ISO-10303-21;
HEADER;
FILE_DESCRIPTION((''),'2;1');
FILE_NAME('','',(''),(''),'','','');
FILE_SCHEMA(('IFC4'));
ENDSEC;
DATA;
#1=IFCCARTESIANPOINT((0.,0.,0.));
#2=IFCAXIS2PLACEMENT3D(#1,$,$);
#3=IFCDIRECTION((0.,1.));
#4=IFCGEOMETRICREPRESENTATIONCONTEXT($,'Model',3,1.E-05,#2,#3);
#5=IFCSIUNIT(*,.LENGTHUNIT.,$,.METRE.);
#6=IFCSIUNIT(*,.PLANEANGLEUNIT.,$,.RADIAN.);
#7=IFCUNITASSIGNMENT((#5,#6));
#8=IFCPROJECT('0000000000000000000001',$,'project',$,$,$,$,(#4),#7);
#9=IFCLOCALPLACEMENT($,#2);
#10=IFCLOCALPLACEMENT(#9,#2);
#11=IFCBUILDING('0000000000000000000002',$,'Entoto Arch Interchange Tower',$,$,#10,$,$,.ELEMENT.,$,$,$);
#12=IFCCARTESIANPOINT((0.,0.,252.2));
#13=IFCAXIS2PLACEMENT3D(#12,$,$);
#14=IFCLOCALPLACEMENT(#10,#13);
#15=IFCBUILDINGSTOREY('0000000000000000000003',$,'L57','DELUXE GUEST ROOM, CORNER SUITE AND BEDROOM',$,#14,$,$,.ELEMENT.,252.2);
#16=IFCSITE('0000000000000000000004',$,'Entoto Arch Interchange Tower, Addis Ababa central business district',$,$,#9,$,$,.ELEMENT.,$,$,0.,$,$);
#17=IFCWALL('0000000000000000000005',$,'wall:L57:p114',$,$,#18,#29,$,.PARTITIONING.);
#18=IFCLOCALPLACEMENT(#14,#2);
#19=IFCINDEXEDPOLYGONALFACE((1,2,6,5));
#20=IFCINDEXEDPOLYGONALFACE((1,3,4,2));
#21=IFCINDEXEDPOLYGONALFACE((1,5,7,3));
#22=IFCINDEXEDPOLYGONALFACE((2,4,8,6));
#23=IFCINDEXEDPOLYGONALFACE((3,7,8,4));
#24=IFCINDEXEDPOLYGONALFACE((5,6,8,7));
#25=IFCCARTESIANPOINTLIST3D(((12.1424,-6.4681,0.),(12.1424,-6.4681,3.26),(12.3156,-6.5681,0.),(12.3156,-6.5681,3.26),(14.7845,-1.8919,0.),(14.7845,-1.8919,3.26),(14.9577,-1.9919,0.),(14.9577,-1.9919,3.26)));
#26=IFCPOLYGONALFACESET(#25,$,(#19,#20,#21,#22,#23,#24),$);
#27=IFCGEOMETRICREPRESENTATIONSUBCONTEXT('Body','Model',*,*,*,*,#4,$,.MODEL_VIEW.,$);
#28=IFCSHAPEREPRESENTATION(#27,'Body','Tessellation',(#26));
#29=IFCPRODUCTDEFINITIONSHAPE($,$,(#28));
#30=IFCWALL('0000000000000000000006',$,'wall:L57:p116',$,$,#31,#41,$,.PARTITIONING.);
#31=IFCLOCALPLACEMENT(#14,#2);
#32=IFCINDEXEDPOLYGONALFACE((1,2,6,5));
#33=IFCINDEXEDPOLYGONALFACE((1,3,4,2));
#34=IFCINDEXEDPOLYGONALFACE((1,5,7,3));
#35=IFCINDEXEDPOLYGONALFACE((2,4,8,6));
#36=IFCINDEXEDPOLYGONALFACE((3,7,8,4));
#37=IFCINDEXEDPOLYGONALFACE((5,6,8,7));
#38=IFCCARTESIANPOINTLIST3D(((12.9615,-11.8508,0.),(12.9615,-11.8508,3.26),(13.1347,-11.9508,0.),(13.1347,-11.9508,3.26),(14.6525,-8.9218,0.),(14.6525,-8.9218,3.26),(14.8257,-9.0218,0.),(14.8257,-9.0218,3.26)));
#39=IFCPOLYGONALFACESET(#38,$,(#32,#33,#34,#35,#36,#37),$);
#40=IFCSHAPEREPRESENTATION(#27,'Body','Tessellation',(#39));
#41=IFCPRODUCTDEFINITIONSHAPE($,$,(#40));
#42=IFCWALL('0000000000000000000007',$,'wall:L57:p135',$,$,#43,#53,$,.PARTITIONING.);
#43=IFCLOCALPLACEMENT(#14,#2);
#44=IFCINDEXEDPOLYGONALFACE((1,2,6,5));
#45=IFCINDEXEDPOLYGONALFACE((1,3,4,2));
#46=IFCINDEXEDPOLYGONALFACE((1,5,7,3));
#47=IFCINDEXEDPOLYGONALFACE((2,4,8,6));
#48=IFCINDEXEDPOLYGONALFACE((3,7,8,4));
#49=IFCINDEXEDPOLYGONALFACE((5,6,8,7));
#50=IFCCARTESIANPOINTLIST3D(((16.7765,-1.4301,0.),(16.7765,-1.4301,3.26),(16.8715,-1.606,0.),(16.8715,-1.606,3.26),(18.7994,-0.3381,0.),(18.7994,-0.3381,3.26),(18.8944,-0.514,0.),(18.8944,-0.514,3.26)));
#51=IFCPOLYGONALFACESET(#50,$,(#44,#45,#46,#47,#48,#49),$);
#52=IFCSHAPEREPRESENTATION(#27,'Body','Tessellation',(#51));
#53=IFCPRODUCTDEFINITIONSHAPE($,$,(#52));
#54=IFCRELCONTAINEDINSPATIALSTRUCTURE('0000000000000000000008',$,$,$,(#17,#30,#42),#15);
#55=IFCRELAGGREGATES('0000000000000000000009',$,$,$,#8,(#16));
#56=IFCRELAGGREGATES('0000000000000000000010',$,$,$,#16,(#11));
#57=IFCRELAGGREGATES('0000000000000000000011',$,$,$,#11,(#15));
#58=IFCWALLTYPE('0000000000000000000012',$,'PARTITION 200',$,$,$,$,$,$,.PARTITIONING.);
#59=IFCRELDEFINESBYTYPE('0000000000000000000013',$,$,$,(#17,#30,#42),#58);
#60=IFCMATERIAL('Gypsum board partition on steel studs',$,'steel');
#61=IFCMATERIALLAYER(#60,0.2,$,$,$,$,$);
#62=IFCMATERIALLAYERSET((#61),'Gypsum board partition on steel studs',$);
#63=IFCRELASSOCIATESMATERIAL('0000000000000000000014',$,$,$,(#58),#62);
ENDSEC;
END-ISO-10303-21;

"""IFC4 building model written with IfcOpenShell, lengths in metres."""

from ifc_helpers import new_model, si_unit, direction, frame, frame_2d, origin, place, context, subcontext, project, spatial, rectangle, extrude, material, layer, layer_set, type_object, element, save


model = new_model("IFC4")

# Units and contexts
model_context = context("Model", 3, precision=1e-05, world=origin(), true_north=direction((0.0, 1.0)))
body_context = subcontext(model_context, "Body", "Model", "MODEL_VIEW")
ifc_project = project(units=[si_unit("LENGTHUNIT", "METRE"), si_unit("PLANEANGLEUNIT", "RADIAN")], contexts=[model_context])

# Site, building, storey
site_placement = place(None, origin())
site = spatial("IfcSite", under=ifc_project, at=site_placement, Name="Entoto Arch Interchange Tower, Addis Ababa central business district", CompositionType="ELEMENT", RefElevation=0.0)
building_placement = place(site_placement, origin())
building = spatial("IfcBuilding", under=site, at=building_placement, Name="Entoto Arch Interchange Tower", CompositionType="ELEMENT")
storey_placement = place(building_placement, frame((0.0, 0.0, 252.2)))
storey = spatial("IfcBuildingStorey", under=building, at=storey_placement, Name="L57", Description="DELUXE GUEST ROOM, CORNER SUITE AND BEDROOM", CompositionType="ELEMENT", Elevation=252.2)

# Shared definitions
ifc_material_1 = material(Name="Gypsum board partition on steel studs", Category="steel")

# Shared definitions
ifc_layer_1 = layer(ifc_material_1, 0.2)
ifc_layer_set_1 = layer_set([ifc_layer_1], Name="Gypsum board partition on steel studs")
wall_type_1 = type_object("IfcWallType", Name="PARTITION 200", PredefinedType="PARTITIONING", material=ifc_layer_set_1)

# Walls
wall_1_placement = place(storey_placement, frame((14.8711, -1.9419, 0.0), z_axis=(0.0, 0.0, 1.0), x_axis=(-0.500005, -0.866022, 0.0)))
element("IfcWall", 1, at=wall_1_placement, inside=storey, type_object=wall_type_1, Name="wall:L57:p114", PredefinedType="PARTITIONING", context=body_context, shape_type="SweptSolid", body=[
    extrude(rectangle(XDim=5.2842, YDim=0.2, at=frame_2d((2.6421, 0.0))), origin(), (0.0, 0.0, 1.0), 3.26),
])
wall_2_placement = place(storey_placement, frame((14.739, -8.9719, 0.0), z_axis=(0.0, 0.0, 1.0), x_axis=(-0.499974, -0.86604, 0.0)))
element("IfcWall", 2, at=wall_2_placement, inside=storey, type_object=wall_type_1, Name="wall:L57:p116", PredefinedType="PARTITIONING", context=body_context, shape_type="SweptSolid", body=[
    extrude(rectangle(XDim=3.3821, YDim=0.2, at=frame_2d((1.6909, 0.0))), origin(), (0.0, 0.0, 1.0), 3.26),
])
wall_3_placement = place(storey_placement, frame((16.824, -1.5181, 0.0), z_axis=(0.0, 0.0, 1.0), x_axis=(0.879969, 0.475031, 0.0)))
element("IfcWall", 3, at=wall_3_placement, inside=storey, type_object=wall_type_1, Name="wall:L57:p135", PredefinedType="PARTITIONING", context=body_context, shape_type="SweptSolid", body=[
    extrude(rectangle(XDim=2.2988, YDim=0.2, at=frame_2d((1.1494, 0.0))), origin(), (0.0, 0.0, 1.0), 3.26),
])

save(model, "model.ifc")
